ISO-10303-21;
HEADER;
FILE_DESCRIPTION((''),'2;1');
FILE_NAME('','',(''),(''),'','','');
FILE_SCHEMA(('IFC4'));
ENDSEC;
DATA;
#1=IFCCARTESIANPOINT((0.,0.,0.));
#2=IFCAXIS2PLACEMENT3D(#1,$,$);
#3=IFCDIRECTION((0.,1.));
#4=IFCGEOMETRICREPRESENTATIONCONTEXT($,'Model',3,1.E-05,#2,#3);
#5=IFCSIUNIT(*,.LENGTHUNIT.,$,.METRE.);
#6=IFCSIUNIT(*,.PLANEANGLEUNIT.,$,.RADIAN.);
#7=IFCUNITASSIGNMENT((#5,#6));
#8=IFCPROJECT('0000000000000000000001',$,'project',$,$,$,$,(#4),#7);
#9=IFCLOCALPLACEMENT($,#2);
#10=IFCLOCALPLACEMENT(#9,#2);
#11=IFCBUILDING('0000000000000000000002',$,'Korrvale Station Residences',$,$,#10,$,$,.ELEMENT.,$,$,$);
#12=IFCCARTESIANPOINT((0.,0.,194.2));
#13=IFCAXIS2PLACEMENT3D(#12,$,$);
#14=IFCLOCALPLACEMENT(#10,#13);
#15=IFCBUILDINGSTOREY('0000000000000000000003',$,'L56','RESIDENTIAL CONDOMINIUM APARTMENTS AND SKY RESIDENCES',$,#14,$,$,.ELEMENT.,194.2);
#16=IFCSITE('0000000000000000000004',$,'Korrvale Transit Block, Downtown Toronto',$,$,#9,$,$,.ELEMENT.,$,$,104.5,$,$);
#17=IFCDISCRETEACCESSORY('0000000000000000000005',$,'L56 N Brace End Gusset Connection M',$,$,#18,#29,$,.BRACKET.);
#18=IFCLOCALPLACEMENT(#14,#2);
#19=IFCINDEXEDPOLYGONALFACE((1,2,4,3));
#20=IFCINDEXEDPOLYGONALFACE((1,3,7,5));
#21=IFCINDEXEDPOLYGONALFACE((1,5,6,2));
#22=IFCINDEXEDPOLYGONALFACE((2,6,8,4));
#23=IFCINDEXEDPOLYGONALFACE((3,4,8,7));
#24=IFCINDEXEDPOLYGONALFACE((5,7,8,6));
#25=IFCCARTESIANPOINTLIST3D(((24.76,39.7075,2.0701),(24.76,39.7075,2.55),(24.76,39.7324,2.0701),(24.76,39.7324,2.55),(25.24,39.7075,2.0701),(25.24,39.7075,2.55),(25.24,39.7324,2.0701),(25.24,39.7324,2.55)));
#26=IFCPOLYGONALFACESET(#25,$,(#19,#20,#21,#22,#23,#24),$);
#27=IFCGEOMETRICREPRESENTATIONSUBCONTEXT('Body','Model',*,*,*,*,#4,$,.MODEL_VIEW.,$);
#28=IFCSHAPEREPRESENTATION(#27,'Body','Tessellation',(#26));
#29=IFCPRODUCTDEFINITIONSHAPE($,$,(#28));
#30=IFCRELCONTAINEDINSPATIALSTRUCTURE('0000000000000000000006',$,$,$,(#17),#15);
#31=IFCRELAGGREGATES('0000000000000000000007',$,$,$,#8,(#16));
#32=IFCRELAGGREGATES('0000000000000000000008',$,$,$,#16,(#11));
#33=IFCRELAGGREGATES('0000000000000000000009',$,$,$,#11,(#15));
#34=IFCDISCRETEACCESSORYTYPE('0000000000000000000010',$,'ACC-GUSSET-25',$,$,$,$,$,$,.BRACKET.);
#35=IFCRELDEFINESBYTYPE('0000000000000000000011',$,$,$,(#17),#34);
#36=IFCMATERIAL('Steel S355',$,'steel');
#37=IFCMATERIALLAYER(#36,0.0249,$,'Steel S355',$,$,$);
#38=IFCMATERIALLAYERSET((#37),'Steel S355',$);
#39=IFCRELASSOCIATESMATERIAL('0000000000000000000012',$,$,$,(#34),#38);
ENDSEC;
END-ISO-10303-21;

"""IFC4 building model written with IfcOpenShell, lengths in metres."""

from ifc_helpers import new_model, si_unit, direction, frame, origin, origin_2d, place, context, subcontext, project, spatial, rectangle, extrude, material, layer, layer_set, type_object, element, save


model = new_model("IFC4")

# Units and contexts
model_context = context("Model", 3, precision=1e-05, world=origin(), true_north=direction((0.0, 1.0)))
body_context = subcontext(model_context, "Body", "Model", "MODEL_VIEW")
ifc_project = project(units=[si_unit("LENGTHUNIT", "METRE"), si_unit("PLANEANGLEUNIT", "RADIAN")], contexts=[model_context])

# Site, building, storey
site_placement = place(None, origin())
site = spatial("IfcSite", under=ifc_project, at=site_placement, Name="Korrvale Transit Block, Downtown Toronto", CompositionType="ELEMENT", RefElevation=104.5)
building_placement = place(site_placement, origin())
building = spatial("IfcBuilding", under=site, at=building_placement, Name="Korrvale Station Residences", CompositionType="ELEMENT")
storey_placement = place(building_placement, frame((0.0, 0.0, 194.2)))
storey = spatial("IfcBuildingStorey", under=building, at=storey_placement, Name="L56", Description="RESIDENTIAL CONDOMINIUM APARTMENTS AND SKY RESIDENCES", CompositionType="ELEMENT", Elevation=194.2)

# Shared definitions
ifc_material_1 = material(Name="Steel S355", Category="steel")

# Discrete accessory
ifc_layer_1 = layer(ifc_material_1, 0.0249, Name="Steel S355")
ifc_layer_set_1 = layer_set([ifc_layer_1], Name="Steel S355")
discrete_accessory_type = type_object("IfcDiscreteAccessoryType", Name="ACC-GUSSET-25", PredefinedType="BRACKET", material=ifc_layer_set_1)
for number, where, z_axis, x_axis, name in (
    (1, (25.0, 39.72, 2.0701), (0.0, 0.0, 1.0), (1.0, 0.0, 0.0), "L56 N Brace End Gusset Connection M"),
):
    element("IfcDiscreteAccessory", number, at=place(storey_placement, frame(where, z_axis=z_axis, x_axis=x_axis)), inside=storey, type_object=discrete_accessory_type, Name=name, PredefinedType="BRACKET", context=body_context, shape_type="SweptSolid", body=[
        extrude(rectangle(XDim=0.48, YDim=0.0249, at=origin_2d()), origin(), (0.0, 0.0, 1.0), 0.48),
    ])

save(model, "model.ifc")
